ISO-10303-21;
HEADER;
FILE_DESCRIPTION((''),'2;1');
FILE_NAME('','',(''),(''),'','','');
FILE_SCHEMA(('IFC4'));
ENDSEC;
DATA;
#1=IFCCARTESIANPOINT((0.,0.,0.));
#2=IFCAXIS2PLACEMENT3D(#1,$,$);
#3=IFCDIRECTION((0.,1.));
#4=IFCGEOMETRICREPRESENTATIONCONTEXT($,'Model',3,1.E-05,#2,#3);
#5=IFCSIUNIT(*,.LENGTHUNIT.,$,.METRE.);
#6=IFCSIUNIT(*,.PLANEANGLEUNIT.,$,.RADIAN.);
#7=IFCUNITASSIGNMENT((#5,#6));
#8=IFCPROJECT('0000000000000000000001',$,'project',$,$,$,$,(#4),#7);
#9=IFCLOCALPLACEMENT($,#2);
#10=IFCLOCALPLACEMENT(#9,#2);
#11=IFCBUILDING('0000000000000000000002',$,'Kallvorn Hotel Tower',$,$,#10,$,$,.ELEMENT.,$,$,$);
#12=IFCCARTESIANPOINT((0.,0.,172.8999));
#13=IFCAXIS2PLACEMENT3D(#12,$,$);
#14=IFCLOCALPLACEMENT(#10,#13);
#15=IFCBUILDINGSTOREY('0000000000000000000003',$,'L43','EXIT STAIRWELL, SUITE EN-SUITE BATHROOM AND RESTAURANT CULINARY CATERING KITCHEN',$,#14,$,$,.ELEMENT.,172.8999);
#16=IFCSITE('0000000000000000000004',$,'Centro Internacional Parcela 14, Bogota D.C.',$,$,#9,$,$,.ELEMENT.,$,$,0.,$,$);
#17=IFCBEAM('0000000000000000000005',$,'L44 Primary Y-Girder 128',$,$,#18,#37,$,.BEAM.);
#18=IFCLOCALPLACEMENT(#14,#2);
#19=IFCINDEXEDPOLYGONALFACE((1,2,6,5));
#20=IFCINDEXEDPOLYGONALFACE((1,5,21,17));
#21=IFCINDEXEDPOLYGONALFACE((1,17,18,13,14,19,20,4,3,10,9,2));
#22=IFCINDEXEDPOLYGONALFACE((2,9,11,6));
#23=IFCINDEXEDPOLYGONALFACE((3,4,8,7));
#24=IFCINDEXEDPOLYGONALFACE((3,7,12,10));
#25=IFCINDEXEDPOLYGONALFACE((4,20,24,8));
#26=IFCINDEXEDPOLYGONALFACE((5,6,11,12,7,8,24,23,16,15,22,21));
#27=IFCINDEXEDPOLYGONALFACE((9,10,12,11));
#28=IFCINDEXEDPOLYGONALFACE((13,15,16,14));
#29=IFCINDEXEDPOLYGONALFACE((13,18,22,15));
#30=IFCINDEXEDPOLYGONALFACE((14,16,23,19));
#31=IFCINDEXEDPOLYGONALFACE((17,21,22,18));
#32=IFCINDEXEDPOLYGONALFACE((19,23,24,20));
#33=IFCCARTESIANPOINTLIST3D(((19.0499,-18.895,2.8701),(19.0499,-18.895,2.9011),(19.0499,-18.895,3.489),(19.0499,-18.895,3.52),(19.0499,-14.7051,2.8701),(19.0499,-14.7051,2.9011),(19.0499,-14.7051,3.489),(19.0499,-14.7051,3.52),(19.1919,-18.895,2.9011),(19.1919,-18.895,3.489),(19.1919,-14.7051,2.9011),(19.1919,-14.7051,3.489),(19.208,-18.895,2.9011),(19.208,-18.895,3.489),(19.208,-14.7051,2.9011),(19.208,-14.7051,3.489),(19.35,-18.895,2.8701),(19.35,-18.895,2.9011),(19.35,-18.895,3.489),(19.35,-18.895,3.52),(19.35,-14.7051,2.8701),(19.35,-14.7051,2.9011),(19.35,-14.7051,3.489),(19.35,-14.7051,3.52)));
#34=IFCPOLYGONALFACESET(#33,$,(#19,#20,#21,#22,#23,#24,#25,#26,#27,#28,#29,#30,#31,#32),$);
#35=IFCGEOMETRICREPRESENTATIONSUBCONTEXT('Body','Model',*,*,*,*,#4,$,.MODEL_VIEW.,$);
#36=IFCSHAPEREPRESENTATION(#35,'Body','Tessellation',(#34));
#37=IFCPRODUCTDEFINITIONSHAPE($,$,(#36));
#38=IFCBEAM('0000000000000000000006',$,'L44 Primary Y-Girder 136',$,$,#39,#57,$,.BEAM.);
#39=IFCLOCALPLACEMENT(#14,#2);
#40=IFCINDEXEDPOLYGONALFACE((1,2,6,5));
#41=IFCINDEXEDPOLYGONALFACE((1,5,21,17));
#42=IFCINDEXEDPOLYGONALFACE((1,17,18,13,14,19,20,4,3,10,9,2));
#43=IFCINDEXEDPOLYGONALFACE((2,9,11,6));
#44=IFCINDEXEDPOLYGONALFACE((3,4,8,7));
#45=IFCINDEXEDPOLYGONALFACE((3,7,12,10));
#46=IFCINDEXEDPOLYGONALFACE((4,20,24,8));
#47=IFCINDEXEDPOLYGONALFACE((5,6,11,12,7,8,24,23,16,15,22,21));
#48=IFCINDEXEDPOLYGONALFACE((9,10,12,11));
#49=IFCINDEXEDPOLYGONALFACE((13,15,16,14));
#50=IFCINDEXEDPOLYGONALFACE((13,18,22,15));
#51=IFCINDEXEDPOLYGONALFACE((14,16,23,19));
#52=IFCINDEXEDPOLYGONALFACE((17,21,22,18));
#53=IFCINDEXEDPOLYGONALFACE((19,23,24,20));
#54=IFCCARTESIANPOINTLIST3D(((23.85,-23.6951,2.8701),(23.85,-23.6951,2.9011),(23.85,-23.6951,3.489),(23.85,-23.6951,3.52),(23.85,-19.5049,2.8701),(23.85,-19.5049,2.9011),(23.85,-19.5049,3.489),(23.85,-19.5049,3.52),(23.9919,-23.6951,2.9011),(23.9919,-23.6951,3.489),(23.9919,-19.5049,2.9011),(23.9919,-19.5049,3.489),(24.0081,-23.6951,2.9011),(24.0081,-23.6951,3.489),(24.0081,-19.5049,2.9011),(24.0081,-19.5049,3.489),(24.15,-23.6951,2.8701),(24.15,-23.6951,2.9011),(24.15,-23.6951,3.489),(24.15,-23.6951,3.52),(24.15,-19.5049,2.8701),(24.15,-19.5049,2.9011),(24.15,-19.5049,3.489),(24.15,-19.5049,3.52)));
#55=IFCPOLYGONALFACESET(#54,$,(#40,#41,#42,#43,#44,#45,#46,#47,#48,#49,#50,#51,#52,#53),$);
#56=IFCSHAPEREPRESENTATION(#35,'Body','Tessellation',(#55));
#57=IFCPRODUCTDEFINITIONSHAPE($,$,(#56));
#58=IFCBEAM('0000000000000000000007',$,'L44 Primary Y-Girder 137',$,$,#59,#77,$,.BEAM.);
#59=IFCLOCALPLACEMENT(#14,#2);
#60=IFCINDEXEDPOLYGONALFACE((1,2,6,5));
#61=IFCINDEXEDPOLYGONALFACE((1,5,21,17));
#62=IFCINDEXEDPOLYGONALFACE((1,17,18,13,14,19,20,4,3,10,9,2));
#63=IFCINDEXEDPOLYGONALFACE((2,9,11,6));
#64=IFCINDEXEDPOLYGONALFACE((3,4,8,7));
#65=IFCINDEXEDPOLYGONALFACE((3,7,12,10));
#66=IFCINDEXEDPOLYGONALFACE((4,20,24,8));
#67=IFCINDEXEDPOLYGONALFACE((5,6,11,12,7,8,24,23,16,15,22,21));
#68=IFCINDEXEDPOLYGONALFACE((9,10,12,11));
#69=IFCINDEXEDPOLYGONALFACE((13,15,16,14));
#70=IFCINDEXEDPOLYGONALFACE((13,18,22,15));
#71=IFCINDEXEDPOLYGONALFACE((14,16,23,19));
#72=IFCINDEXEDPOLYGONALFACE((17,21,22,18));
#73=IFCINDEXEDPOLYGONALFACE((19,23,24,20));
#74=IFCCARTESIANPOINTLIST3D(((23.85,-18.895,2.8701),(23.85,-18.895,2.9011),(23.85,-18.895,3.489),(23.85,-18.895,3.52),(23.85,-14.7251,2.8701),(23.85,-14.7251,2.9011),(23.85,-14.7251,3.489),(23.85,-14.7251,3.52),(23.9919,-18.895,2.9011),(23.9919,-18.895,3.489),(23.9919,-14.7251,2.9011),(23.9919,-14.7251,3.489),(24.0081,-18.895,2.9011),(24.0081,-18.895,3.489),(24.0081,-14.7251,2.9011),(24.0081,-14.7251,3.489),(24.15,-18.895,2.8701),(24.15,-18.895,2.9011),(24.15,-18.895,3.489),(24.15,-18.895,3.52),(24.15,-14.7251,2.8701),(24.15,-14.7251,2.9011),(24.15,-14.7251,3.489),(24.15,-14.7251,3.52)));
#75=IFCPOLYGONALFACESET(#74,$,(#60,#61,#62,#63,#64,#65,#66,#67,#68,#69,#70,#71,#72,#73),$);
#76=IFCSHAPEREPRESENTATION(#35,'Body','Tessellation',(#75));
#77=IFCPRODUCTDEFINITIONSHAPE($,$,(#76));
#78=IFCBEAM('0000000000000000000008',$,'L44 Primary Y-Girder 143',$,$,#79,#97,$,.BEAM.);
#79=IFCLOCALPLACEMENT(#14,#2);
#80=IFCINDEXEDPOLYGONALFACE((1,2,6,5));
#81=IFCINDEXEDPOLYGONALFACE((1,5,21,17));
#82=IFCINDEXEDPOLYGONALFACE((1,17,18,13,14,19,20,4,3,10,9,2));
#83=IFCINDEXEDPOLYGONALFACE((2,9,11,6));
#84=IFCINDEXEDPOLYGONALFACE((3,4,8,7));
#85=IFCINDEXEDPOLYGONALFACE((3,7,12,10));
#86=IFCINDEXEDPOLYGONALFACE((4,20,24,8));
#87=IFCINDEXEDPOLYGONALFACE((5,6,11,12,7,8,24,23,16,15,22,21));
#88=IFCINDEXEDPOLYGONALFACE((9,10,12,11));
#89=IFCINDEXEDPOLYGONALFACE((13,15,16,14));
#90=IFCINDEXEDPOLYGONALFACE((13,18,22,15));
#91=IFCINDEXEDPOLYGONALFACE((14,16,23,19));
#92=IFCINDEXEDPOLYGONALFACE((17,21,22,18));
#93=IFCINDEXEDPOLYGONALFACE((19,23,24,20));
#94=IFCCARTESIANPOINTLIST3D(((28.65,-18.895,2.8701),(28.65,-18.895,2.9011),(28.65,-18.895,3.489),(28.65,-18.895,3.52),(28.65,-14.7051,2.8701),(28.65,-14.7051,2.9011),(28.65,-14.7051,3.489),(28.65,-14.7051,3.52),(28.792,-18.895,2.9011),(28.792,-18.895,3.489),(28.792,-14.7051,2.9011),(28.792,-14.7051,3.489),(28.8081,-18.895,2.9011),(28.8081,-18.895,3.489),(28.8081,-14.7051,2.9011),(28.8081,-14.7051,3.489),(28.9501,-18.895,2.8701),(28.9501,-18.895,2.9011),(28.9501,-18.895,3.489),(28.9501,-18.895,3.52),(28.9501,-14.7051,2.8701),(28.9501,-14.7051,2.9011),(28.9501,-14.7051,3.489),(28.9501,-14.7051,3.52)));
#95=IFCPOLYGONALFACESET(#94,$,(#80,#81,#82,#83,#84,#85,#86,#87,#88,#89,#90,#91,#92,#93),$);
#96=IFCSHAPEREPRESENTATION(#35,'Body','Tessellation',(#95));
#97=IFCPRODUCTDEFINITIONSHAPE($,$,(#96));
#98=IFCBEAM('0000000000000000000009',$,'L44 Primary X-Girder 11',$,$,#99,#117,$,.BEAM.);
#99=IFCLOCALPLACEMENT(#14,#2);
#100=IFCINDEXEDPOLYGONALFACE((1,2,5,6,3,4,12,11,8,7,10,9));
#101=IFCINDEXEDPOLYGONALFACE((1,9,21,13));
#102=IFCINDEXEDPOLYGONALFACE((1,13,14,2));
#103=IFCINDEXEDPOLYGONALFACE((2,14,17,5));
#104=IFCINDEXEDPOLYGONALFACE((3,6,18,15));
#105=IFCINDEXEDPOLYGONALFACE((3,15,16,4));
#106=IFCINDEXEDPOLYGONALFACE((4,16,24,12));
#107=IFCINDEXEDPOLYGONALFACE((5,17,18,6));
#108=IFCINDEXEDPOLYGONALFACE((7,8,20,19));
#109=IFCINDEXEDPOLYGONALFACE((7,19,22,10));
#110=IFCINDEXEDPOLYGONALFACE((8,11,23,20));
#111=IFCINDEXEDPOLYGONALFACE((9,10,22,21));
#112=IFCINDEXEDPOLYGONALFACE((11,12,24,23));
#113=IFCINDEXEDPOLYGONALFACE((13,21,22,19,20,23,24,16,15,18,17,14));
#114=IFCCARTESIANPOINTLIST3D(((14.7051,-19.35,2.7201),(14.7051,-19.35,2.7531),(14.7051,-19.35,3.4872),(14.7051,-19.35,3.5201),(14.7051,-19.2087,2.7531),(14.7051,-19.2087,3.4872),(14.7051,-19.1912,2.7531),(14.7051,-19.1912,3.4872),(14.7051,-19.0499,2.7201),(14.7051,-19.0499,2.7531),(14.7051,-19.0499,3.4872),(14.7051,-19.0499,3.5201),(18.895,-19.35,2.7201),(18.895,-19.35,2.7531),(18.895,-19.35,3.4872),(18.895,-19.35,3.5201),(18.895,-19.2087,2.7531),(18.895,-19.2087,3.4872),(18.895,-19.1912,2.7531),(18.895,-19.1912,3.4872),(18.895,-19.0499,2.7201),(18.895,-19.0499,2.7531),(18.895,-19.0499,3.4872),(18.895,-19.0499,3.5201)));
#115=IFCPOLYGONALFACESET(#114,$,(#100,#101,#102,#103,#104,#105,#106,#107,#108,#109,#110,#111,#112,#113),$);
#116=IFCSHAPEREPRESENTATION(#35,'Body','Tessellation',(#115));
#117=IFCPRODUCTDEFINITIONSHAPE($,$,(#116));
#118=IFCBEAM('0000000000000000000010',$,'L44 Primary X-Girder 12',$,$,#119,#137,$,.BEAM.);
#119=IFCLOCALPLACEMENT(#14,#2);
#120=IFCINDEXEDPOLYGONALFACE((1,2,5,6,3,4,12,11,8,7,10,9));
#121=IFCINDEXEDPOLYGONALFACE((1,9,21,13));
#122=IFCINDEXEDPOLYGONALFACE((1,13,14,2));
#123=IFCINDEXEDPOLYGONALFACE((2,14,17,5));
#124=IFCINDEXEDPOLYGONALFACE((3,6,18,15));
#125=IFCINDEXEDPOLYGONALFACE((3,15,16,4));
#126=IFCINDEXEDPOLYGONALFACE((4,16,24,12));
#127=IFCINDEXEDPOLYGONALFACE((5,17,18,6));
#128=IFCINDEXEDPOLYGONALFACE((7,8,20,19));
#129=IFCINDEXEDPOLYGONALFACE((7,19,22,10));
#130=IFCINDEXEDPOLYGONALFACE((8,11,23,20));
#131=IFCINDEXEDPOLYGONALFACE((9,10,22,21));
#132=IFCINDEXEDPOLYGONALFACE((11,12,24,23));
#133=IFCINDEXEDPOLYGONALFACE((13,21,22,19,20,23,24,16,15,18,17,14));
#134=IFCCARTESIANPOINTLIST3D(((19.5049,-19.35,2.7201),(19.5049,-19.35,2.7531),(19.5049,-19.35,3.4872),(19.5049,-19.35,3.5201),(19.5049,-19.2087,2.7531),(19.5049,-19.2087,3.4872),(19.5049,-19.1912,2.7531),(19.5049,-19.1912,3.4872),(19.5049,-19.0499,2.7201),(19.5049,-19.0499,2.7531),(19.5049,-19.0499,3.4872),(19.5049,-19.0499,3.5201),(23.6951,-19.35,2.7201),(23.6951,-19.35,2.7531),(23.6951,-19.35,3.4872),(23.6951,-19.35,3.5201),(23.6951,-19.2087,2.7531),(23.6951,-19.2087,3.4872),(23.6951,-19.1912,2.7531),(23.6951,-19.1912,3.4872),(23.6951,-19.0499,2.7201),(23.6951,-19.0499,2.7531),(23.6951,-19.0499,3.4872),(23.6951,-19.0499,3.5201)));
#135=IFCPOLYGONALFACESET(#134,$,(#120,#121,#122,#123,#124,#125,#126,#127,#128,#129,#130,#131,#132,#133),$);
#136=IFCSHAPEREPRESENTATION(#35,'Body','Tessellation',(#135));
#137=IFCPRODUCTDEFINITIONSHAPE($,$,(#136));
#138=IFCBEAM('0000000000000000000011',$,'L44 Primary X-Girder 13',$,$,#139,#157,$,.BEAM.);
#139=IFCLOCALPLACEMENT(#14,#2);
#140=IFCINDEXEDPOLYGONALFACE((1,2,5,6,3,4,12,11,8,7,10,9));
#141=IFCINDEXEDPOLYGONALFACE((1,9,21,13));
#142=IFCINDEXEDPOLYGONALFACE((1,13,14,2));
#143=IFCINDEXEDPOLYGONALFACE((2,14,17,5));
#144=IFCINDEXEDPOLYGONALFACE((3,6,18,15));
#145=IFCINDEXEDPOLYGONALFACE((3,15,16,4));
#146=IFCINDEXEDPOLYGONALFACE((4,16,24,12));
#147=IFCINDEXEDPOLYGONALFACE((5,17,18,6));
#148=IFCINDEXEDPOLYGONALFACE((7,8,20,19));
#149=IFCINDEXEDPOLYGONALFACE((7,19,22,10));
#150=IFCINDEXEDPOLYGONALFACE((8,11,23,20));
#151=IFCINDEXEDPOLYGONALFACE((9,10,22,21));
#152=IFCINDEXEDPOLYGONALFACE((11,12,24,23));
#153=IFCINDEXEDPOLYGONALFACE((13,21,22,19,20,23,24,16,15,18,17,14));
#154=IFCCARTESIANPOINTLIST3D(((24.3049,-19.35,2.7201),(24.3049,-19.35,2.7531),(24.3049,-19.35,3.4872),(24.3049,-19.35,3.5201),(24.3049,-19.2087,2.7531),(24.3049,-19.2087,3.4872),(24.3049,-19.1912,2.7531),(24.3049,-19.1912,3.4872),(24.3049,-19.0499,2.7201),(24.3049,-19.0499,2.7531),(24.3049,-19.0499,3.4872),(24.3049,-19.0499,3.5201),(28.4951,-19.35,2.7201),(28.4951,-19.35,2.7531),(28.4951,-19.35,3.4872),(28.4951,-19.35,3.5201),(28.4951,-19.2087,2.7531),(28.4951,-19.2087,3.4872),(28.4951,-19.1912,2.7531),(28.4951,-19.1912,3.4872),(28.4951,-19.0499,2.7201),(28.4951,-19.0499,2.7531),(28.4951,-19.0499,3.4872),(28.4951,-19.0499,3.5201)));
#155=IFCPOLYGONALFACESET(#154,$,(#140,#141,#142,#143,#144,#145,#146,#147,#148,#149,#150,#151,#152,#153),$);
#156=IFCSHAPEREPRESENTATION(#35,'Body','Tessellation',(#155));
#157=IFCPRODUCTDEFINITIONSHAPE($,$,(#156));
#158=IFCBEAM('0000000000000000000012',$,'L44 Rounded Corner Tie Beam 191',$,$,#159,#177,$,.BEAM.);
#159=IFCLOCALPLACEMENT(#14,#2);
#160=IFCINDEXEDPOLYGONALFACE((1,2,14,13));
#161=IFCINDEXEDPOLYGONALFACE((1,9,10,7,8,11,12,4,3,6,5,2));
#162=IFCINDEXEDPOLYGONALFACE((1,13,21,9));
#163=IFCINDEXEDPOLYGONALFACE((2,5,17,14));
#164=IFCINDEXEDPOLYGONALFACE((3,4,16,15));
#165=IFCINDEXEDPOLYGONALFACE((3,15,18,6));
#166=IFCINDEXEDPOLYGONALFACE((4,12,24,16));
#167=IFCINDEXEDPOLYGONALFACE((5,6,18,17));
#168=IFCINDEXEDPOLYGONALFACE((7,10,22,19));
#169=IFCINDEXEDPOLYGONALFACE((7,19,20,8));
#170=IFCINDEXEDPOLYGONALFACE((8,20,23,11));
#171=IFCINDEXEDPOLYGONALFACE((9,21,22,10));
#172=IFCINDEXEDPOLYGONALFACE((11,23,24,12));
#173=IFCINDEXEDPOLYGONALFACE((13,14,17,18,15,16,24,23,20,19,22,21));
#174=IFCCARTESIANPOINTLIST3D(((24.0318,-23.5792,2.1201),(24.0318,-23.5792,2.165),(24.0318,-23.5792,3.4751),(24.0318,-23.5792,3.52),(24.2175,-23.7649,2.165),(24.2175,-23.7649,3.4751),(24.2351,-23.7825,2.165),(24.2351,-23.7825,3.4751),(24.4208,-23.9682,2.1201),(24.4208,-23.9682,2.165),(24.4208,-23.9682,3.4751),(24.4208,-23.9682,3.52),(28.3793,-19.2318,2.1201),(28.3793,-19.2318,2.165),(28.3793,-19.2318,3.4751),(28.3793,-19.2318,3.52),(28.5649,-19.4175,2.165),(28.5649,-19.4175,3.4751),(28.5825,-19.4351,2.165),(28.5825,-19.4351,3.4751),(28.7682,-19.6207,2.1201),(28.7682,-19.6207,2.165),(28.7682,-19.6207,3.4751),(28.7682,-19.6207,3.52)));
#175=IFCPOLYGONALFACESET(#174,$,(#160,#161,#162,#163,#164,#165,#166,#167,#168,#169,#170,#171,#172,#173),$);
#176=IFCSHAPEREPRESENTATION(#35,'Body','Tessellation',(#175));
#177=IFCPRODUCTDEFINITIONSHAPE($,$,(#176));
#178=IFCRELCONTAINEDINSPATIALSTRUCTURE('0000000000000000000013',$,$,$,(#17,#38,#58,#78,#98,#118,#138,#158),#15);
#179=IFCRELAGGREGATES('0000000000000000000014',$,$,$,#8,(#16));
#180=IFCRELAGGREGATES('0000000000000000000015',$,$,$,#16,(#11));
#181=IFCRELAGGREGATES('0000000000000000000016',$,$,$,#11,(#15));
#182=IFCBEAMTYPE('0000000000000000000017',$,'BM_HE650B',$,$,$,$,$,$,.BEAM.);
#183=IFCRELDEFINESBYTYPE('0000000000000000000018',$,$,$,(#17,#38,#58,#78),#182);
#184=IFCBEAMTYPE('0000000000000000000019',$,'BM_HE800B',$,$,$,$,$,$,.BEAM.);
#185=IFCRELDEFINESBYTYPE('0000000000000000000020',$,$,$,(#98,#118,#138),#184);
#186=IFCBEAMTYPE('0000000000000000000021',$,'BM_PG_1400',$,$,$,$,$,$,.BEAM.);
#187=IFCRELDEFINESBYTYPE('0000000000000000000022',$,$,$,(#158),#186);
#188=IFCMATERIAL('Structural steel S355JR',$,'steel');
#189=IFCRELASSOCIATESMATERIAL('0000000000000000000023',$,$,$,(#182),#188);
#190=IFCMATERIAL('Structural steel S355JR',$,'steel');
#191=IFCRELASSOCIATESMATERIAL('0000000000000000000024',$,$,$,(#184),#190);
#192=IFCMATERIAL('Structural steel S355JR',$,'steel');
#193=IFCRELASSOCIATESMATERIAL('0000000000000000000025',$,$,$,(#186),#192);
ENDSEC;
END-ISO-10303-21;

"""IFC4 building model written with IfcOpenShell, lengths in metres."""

from ifc_helpers import new_model, si_unit, direction, frame, origin, origin_2d, place, context, subcontext, project, spatial, i_section, extrude, material, material_profile, profile_set, type_object, element, save


model = new_model("IFC4")

# Units and contexts
model_context = context("Model", 3, precision=1e-05, world=origin(), true_north=direction((0.0, 1.0)))
body_context = subcontext(model_context, "Body", "Model", "MODEL_VIEW")
ifc_project = project(units=[si_unit("LENGTHUNIT", "METRE"), si_unit("PLANEANGLEUNIT", "RADIAN")], contexts=[model_context])

# Site, building, storey
site_placement = place(None, origin())
site = spatial("IfcSite", under=ifc_project, at=site_placement, Name="Centro Internacional Parcela 14, Bogota D.C.", CompositionType="ELEMENT", RefElevation=0.0)
building_placement = place(site_placement, origin())
building = spatial("IfcBuilding", under=site, at=building_placement, Name="Kallvorn Hotel Tower", CompositionType="ELEMENT")
storey_placement = place(building_placement, frame((0.0, 0.0, 172.8999)))
storey = spatial("IfcBuildingStorey", under=building, at=storey_placement, Name="L43", Description="EXIT STAIRWELL, SUITE EN-SUITE BATHROOM AND RESTAURANT CULINARY CATERING KITCHEN", CompositionType="ELEMENT", Elevation=172.8999)

# Beams
ifc_material_1 = material(Name="Structural steel S355JR", Category="steel")
ifc_material_profile_1 = material_profile(ifc_material_1, i_section(OverallWidth=0.3, OverallDepth=0.6499, WebThickness=0.0161, FlangeThickness=0.031, at=origin_2d()), Name="HE 650 B")
ifc_profile_set_1 = profile_set([ifc_material_profile_1], Name="Structural steel S355JR")
beam_type_1 = type_object("IfcBeamType", Name="BM_HE650B", PredefinedType="BEAM", material=ifc_profile_set_1)
beam_1_placement = place(storey_placement, frame((19.2, -18.895, 3.1951), z_axis=(0.0, 1.0, 0.0), x_axis=(-1.0, 0.0, 0.0)))
element("IfcBeam", 1, at=beam_1_placement, inside=storey, type_object=beam_type_1, Name="L44 Primary Y-Girder 128", PredefinedType="BEAM", context=body_context, shape_type="SweptSolid", body=[
    extrude(i_section(OverallWidth=0.3, OverallDepth=0.6499, WebThickness=0.0161, FlangeThickness=0.031, at=origin_2d()), origin(), (0.0, 0.0, 1.0), 4.1899),
])
beam_2_placement = place(storey_placement, frame((24.0, -23.6951, 3.1951), z_axis=(0.0, 1.0, 0.0), x_axis=(-1.0, 0.0, 0.0)))
element("IfcBeam", 2, at=beam_2_placement, inside=storey, type_object=beam_type_1, Name="L44 Primary Y-Girder 136", PredefinedType="BEAM", context=body_context, shape_type="SweptSolid", body=[
    extrude(i_section(OverallWidth=0.3, OverallDepth=0.6499, WebThickness=0.0161, FlangeThickness=0.031, at=origin_2d()), origin(), (0.0, 0.0, 1.0), 4.1902),
])
beam_3_placement = place(storey_placement, frame((24.0, -18.895, 3.1951), z_axis=(0.0, 1.0, 0.0), x_axis=(-1.0, 0.0, 0.0)))
element("IfcBeam", 3, at=beam_3_placement, inside=storey, type_object=beam_type_1, Name="L44 Primary Y-Girder 137", PredefinedType="BEAM", context=body_context, shape_type="SweptSolid", body=[
    extrude(i_section(OverallWidth=0.3, OverallDepth=0.6499, WebThickness=0.0161, FlangeThickness=0.031, at=origin_2d()), origin(), (0.0, 0.0, 1.0), 4.1699),
])
beam_4_placement = place(storey_placement, frame((28.8, -18.895, 3.1951), z_axis=(0.0, 1.0, 0.0), x_axis=(-1.0, 0.0, 0.0)))
element("IfcBeam", 4, at=beam_4_placement, inside=storey, type_object=beam_type_1, Name="L44 Primary Y-Girder 143", PredefinedType="BEAM", context=body_context, shape_type="SweptSolid", body=[
    extrude(i_section(OverallWidth=0.3, OverallDepth=0.6499, WebThickness=0.0161, FlangeThickness=0.031, at=origin_2d()), origin(), (0.0, 0.0, 1.0), 4.1899),
])
ifc_material_2 = material(Name="Structural steel S355JR", Category="steel")
ifc_material_profile_2 = material_profile(ifc_material_2, i_section(OverallWidth=0.3, OverallDepth=0.8, WebThickness=0.0176, FlangeThickness=0.033, at=origin_2d()), Name="HE 800 B")
ifc_profile_set_2 = profile_set([ifc_material_profile_2], Name="Structural steel S355JR")
beam_type_2 = type_object("IfcBeamType", Name="BM_HE800B", PredefinedType="BEAM", material=ifc_profile_set_2)
beam_5_placement = place(storey_placement, frame((14.7051, -19.2, 3.1201), z_axis=(1.0, 0.0, 0.0), x_axis=(0.0, 1.0, 0.0)))
element("IfcBeam", 5, at=beam_5_placement, inside=storey, type_object=beam_type_2, Name="L44 Primary X-Girder 11", PredefinedType="BEAM", context=body_context, shape_type="SweptSolid", body=[
    extrude(i_section(OverallWidth=0.3, OverallDepth=0.8, WebThickness=0.0176, FlangeThickness=0.033, at=origin_2d()), origin(), (0.0, 0.0, 1.0), 4.1899),
])
for number, where, z_axis, x_axis, name in (
    (6, (19.5049, -19.2, 3.1201), (1.0, 0.0, 0.0), (0.0, 1.0, 0.0), "L44 Primary X-Girder 12"),
    (7, (24.3049, -19.2, 3.1201), (1.0, 0.0, 0.0), (0.0, 1.0, 0.0), "L44 Primary X-Girder 13"),
):
    element("IfcBeam", number, at=place(storey_placement, frame(where, z_axis=z_axis, x_axis=x_axis)), inside=storey, type_object=beam_type_2, Name=name, PredefinedType="BEAM", context=body_context, shape_type="SweptSolid", body=[
        extrude(i_section(OverallWidth=0.3, OverallDepth=0.8, WebThickness=0.0176, FlangeThickness=0.033, at=origin_2d()), origin(), (0.0, 0.0, 1.0), 4.1902),
    ])
ifc_material_3 = material(Name="Structural steel S355JR", Category="steel")
ifc_material_profile_3 = material_profile(ifc_material_3, i_section(OverallWidth=0.55, OverallDepth=1.3999, WebThickness=0.0249, FlangeThickness=0.0449, at=origin_2d()), Name="PG 1400x550x25x45")
ifc_profile_set_3 = profile_set([ifc_material_profile_3], Name="Structural steel S355JR")
beam_type_3 = type_object("IfcBeamType", Name="BM_PG_1400", PredefinedType="BEAM", material=ifc_profile_set_3)
beam_6_placement = place(storey_placement, frame((28.5737, -19.4263, 2.8201), z_axis=(-0.707107, -0.707107, 0.0), x_axis=(0.707107, -0.707107, 0.0)))
element("IfcBeam", 8, at=beam_6_placement, inside=storey, type_object=beam_type_3, Name="L44 Rounded Corner Tie Beam 191", PredefinedType="BEAM", context=body_context, shape_type="SweptSolid", body=[
    extrude(i_section(OverallWidth=0.55, OverallDepth=1.3999, WebThickness=0.0249, FlangeThickness=0.0449, at=origin_2d()), origin(), (0.0, 0.0, 1.0), 6.1482),
])

save(model, "model.ifc")
